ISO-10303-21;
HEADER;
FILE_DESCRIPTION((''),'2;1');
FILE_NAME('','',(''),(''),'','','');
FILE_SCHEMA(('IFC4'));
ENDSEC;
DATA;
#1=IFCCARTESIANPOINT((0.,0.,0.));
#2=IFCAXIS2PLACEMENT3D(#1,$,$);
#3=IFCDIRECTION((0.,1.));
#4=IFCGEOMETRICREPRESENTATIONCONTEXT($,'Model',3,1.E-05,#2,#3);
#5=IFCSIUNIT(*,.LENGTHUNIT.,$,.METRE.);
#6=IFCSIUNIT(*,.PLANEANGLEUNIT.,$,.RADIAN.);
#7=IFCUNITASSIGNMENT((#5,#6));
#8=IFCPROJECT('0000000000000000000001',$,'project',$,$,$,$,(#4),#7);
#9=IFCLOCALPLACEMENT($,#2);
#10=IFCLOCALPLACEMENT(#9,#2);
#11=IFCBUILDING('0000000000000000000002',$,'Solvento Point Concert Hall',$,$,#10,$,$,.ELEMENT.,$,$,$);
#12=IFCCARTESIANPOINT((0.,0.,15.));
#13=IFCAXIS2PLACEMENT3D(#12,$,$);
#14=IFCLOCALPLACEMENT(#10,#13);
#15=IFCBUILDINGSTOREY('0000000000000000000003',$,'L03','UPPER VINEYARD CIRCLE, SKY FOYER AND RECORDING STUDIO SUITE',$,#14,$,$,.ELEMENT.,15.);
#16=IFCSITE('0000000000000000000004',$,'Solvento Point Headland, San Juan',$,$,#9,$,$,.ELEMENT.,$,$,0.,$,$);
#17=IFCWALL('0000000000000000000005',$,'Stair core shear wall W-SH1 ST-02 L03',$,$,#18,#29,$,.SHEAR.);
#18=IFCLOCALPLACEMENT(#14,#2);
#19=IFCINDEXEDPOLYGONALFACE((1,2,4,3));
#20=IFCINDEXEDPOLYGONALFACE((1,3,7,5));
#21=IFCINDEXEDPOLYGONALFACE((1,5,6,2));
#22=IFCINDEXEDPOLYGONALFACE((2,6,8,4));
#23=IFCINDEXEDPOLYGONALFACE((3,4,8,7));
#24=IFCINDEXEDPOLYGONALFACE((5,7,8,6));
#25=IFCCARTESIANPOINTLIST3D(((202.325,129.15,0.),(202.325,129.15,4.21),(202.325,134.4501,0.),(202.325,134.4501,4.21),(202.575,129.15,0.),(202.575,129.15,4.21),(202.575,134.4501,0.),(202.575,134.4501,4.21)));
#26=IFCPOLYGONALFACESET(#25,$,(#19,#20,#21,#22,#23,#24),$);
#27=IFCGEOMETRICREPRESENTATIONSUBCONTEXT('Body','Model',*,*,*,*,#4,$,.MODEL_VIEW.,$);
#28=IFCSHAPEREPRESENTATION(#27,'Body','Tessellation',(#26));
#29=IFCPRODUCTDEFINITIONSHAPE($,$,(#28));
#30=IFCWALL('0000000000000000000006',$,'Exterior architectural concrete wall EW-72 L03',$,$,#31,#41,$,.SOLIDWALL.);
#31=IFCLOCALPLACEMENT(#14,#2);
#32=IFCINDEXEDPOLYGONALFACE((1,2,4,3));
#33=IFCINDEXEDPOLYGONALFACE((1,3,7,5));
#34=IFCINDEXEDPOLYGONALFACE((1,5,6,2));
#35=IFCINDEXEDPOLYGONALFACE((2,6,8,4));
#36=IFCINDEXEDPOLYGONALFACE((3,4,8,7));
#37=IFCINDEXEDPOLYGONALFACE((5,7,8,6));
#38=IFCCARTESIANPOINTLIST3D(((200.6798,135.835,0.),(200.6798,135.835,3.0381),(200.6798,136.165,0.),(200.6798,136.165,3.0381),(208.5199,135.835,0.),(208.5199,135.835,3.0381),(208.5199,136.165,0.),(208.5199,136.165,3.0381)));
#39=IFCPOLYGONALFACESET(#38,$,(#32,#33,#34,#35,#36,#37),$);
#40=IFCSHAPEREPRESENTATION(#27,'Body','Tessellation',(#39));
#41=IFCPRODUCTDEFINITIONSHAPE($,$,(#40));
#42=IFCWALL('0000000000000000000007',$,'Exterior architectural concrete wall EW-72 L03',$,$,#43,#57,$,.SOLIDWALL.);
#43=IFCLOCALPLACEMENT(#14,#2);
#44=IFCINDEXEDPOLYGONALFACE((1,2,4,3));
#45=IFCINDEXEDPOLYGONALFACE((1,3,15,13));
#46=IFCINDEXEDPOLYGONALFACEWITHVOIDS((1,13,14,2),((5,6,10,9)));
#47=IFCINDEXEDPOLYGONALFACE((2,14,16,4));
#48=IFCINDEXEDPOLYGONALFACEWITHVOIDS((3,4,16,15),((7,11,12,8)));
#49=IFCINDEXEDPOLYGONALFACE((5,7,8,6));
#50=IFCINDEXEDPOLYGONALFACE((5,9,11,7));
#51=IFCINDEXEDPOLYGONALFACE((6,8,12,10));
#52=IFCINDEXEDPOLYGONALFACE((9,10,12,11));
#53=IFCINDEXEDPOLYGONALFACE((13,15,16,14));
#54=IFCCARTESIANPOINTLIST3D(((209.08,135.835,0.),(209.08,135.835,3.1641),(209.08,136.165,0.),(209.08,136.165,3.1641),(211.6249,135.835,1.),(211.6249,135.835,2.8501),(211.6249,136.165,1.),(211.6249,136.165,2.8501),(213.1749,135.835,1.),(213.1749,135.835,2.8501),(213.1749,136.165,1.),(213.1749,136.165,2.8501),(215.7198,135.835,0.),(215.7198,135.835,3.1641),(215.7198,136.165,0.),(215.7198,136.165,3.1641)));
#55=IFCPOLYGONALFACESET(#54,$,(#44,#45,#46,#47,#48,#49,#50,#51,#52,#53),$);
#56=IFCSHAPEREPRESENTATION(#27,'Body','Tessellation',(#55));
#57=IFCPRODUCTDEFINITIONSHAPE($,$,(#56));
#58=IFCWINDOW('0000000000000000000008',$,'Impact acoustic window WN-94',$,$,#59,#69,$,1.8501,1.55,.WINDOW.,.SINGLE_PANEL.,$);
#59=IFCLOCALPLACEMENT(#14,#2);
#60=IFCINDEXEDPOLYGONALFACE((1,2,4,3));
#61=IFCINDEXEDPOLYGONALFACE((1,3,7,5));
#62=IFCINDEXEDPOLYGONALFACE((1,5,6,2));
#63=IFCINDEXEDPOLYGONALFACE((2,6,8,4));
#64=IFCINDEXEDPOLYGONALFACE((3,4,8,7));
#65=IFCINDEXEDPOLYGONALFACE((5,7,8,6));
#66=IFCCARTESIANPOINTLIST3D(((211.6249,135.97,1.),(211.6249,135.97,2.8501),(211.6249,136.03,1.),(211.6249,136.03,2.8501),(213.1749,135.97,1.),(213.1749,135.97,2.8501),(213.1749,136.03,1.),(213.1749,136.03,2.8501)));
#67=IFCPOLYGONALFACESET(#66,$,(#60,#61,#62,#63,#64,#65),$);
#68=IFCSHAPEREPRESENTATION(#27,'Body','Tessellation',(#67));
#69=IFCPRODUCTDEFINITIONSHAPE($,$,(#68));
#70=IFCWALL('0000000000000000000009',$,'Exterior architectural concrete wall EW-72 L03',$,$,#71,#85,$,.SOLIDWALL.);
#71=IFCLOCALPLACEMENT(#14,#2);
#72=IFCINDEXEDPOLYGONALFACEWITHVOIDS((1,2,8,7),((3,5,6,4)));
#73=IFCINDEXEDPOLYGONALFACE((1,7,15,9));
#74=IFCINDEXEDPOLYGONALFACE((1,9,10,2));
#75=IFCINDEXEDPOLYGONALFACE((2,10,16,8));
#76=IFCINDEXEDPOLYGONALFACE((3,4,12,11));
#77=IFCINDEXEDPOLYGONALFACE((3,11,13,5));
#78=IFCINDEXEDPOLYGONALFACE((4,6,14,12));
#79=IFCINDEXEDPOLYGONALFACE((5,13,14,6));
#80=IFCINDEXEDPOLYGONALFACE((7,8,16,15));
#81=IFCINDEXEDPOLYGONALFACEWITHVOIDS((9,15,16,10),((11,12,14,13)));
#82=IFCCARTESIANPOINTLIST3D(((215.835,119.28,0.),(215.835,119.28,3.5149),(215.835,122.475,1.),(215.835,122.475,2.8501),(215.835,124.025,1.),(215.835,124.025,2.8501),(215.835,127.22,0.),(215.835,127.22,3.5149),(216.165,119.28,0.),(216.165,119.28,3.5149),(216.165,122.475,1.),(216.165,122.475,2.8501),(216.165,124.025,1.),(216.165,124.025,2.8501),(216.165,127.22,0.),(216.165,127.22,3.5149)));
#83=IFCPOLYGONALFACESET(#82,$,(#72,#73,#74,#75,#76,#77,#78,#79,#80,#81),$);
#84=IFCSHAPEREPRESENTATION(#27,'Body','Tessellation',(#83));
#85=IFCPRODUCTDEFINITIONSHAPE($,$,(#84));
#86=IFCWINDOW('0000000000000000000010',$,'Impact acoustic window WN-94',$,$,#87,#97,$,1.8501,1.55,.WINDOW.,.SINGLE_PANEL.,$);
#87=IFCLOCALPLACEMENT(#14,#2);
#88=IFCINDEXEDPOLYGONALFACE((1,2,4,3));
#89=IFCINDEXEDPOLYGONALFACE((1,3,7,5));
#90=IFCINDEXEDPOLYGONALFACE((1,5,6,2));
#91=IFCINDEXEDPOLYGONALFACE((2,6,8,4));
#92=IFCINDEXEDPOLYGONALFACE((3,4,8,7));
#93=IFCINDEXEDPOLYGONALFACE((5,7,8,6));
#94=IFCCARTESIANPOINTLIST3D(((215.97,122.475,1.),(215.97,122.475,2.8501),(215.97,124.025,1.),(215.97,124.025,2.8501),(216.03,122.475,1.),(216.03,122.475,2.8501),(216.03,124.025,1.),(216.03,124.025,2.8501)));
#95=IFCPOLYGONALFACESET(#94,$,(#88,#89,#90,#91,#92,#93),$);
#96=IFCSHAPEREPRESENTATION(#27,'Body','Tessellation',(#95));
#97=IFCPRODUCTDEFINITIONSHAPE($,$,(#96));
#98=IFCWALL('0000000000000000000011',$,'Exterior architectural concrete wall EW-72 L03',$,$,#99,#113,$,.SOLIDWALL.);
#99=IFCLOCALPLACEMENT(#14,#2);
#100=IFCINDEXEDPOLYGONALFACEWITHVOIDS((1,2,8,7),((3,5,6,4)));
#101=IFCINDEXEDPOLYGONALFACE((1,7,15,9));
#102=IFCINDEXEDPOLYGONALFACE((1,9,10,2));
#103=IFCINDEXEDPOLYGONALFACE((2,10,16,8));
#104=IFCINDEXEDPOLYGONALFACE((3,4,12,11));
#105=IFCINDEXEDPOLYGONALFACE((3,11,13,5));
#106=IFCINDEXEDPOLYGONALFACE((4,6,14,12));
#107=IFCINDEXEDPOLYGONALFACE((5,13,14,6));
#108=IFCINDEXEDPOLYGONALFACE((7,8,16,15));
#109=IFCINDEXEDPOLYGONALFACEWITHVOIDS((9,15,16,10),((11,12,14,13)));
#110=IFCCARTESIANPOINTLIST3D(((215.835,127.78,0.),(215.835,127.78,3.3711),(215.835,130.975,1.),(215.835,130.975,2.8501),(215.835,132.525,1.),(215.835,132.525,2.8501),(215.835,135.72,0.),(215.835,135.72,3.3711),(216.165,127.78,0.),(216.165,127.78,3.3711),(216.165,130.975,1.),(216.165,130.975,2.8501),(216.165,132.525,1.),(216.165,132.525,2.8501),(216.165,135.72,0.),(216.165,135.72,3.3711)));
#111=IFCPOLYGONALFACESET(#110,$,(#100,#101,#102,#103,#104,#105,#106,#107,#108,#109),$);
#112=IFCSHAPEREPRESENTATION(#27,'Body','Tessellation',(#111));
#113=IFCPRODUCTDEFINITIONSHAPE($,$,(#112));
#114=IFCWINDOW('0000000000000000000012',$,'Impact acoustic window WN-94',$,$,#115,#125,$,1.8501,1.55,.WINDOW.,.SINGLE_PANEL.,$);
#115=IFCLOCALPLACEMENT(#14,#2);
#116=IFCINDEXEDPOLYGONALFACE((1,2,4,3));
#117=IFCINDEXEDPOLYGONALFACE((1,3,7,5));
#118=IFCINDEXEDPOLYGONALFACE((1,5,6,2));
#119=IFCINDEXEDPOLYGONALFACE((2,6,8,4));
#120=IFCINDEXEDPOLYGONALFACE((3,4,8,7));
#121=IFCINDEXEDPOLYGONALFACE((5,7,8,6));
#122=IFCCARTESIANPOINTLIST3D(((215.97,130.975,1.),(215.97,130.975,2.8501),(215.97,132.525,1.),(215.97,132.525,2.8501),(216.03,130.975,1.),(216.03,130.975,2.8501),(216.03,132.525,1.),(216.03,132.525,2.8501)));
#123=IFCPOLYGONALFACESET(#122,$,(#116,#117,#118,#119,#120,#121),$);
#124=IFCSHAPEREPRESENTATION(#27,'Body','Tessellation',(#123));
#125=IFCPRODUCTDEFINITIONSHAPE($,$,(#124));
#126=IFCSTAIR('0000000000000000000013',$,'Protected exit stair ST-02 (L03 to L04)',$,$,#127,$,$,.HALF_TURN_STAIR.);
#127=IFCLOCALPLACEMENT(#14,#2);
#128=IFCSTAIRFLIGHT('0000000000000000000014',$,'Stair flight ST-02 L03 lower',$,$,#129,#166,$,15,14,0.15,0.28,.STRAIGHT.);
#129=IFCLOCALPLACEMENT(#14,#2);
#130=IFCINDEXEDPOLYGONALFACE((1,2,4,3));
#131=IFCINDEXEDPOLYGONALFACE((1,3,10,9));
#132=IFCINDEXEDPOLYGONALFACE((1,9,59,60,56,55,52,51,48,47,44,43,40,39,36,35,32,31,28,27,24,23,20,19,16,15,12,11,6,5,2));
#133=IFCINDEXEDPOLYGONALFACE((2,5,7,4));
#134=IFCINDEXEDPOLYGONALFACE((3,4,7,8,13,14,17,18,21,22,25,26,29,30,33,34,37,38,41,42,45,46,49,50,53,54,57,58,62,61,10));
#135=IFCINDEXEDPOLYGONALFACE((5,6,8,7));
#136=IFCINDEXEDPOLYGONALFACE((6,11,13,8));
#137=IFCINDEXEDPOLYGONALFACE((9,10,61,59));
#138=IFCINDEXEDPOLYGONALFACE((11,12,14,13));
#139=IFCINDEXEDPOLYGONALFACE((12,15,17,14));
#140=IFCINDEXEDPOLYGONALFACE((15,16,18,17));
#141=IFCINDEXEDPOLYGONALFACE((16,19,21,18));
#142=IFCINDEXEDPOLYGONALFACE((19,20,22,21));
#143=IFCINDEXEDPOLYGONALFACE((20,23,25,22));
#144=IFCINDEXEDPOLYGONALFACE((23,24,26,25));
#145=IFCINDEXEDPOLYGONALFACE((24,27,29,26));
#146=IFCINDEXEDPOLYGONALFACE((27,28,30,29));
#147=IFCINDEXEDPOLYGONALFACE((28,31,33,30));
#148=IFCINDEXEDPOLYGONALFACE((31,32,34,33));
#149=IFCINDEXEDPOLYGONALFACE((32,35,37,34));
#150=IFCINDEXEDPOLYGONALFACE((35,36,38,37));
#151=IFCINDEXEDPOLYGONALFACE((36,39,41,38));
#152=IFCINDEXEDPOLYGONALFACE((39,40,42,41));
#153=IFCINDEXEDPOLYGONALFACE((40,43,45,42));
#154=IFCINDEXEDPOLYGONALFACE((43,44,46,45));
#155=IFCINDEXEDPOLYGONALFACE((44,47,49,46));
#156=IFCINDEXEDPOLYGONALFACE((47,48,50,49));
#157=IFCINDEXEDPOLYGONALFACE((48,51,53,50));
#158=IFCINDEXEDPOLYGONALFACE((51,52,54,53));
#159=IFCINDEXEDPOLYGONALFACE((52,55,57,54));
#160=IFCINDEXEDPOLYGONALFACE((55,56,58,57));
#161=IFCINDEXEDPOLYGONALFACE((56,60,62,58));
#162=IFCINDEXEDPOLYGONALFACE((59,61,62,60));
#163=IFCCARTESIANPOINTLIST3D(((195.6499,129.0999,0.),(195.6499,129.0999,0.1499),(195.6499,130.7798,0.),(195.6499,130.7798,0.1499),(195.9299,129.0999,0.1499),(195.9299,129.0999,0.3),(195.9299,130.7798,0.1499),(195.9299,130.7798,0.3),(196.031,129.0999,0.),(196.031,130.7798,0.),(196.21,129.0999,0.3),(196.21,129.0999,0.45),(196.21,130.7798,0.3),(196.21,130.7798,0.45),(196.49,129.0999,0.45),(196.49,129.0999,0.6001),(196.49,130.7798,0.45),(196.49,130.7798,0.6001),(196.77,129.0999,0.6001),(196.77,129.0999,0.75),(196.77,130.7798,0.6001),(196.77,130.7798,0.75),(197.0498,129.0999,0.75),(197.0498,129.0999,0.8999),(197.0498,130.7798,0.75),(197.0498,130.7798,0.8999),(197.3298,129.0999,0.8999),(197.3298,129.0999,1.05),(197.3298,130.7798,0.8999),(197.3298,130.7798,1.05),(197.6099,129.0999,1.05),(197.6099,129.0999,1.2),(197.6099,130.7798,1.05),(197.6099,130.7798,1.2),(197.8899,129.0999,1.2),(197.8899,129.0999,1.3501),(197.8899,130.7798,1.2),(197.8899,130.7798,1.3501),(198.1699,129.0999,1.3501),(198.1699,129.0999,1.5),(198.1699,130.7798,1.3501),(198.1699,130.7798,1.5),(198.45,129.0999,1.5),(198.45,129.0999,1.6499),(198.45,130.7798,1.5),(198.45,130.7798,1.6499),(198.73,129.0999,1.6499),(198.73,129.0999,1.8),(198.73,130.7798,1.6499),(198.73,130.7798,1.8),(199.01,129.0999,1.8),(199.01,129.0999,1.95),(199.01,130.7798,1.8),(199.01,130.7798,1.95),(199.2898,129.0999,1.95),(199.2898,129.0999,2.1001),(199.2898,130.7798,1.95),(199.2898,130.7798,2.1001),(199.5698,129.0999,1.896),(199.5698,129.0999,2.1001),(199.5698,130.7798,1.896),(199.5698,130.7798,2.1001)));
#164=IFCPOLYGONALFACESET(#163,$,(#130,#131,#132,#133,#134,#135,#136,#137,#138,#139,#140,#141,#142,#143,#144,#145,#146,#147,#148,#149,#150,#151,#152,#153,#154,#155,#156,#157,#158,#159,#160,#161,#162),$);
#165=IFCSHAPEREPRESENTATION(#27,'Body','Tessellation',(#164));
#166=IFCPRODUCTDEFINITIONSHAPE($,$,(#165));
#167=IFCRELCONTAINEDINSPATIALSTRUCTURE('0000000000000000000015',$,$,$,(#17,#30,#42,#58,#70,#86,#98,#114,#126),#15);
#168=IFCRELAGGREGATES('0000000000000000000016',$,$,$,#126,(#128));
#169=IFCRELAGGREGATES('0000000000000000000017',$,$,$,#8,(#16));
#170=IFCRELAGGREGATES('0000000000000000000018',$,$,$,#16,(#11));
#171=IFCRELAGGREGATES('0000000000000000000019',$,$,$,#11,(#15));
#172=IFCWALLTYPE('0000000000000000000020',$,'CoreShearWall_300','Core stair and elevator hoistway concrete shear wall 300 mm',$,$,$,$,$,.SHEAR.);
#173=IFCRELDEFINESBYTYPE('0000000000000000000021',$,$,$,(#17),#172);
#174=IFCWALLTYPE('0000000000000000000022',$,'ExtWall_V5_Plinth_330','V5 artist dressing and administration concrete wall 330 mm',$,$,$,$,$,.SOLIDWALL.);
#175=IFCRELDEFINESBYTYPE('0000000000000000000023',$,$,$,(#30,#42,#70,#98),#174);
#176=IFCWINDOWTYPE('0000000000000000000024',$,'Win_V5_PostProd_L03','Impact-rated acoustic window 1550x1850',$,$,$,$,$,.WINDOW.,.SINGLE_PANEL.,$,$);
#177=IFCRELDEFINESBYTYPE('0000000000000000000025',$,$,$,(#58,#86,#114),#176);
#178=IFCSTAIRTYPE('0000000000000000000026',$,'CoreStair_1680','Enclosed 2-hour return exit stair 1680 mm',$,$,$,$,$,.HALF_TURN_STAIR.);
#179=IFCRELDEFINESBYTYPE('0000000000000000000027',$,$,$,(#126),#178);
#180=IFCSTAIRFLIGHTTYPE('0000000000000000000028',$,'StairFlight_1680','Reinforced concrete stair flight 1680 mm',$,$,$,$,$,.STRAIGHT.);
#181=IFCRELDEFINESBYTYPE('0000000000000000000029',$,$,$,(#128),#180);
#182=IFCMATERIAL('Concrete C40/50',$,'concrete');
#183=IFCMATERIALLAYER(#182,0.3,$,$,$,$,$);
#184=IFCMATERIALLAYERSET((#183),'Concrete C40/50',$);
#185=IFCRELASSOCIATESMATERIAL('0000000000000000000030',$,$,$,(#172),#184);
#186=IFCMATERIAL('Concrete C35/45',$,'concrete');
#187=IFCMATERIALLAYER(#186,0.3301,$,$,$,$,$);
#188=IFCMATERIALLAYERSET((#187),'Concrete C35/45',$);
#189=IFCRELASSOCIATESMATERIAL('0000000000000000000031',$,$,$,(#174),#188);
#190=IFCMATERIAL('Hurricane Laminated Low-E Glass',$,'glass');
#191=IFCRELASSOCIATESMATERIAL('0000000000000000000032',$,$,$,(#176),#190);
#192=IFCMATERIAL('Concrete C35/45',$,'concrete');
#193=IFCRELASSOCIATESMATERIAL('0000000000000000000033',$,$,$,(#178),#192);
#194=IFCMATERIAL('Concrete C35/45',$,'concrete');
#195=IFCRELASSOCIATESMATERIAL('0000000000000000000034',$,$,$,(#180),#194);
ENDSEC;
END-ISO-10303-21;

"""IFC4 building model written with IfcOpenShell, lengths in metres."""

from ifc_helpers import new_model, si_unit, direction, frame, frame_2d, origin, place, context, subcontext, project, spatial, polyline, rectangle, outline, extrude, material, layer, layer_set, type_object, element, fill, aggregate, save


model = new_model("IFC4")

# Units and contexts
model_context = context("Model", 3, precision=1e-05, world=origin(), true_north=direction((0.0, 1.0)))
body_context = subcontext(model_context, "Body", "Model", "MODEL_VIEW")
ifc_project = project(units=[si_unit("LENGTHUNIT", "METRE"), si_unit("PLANEANGLEUNIT", "RADIAN")], contexts=[model_context])

# Site, building, storey
site_placement = place(None, origin())
site = spatial("IfcSite", under=ifc_project, at=site_placement, Name="Solvento Point Headland, San Juan", CompositionType="ELEMENT", RefElevation=0.0)
building_placement = place(site_placement, origin())
building = spatial("IfcBuilding", under=site, at=building_placement, Name="Solvento Point Concert Hall", CompositionType="ELEMENT")
storey_placement = place(building_placement, frame((0.0, 0.0, 15.0)))
storey = spatial("IfcBuildingStorey", under=building, at=storey_placement, Name="L03", Description="UPPER VINEYARD CIRCLE, SKY FOYER AND RECORDING STUDIO SUITE", CompositionType="ELEMENT", Elevation=15.0)

# Walls
ifc_material_1 = material(Name="Concrete C40/50", Category="concrete")
ifc_layer_1 = layer(ifc_material_1, 0.3)
ifc_layer_set_1 = layer_set([ifc_layer_1], Name="Concrete C40/50")
wall_type_1 = type_object("IfcWallType", Name="CoreShearWall_300", Description="Core stair and elevator hoistway concrete shear wall 300 mm", PredefinedType="SHEAR", material=ifc_layer_set_1)
wall_1_placement = place(storey_placement, frame((202.45, 134.45, 0.0), z_axis=(0.0, 0.0, 1.0), x_axis=(0.0, -1.0, 0.0)))
element("IfcWall", 1, at=wall_1_placement, inside=storey, type_object=wall_type_1, Name="Stair core shear wall W-SH1 ST-02 L03", PredefinedType="SHEAR", context=body_context, shape_type="SweptSolid", body=[
    extrude(rectangle(XDim=5.3, YDim=0.25, at=frame_2d((2.6499, 0.0))), origin(), (0.0, 0.0, 1.0), 4.21),
])
ifc_material_2 = material(Name="Concrete C35/45", Category="concrete")
ifc_layer_2 = layer(ifc_material_2, 0.3301)
ifc_layer_set_2 = layer_set([ifc_layer_2], Name="Concrete C35/45")
wall_type_2 = type_object("IfcWallType", Name="ExtWall_V5_Plinth_330", Description="V5 artist dressing and administration concrete wall 330 mm", PredefinedType="SOLIDWALL", material=ifc_layer_set_2)
wall_2_placement = place(storey_placement, frame((200.6799, 136.0, 0.0), z_axis=(0.0, 0.0, 1.0), x_axis=(1.0, 0.0, 0.0)))
element("IfcWall", 2, at=wall_2_placement, inside=storey, type_object=wall_type_2, Name="Exterior architectural concrete wall EW-72 L03", PredefinedType="SOLIDWALL", context=body_context, shape_type="SweptSolid", body=[
    extrude(rectangle(XDim=7.8401, YDim=0.3301, at=frame_2d((3.9199, 0.0))), origin(), (0.0, 0.0, 1.0), 3.0381),
])

# Walls, openings, windows
wall_3_placement = place(storey_placement, frame((209.0801, 136.0, 0.0), z_axis=(0.0, 0.0, 1.0), x_axis=(1.0, 0.0, 0.0)))
wall_3 = element("IfcWall", 3, at=wall_3_placement, inside=storey, type_object=wall_type_2, Name="Exterior architectural concrete wall EW-72 L03", PredefinedType="SOLIDWALL", context=body_context, shape_type="SweptSolid", body=[
    extrude(rectangle(XDim=6.6399, YDim=0.3301, at=frame_2d((3.3198, 0.0))), origin(), (0.0, 0.0, 1.0), 3.1641),
])
opening_1_placement = place(wall_3_placement, frame((2.5449, 0.0, 1.0)))
opening_1 = element("IfcOpeningElement", 4, at=opening_1_placement, cuts=wall_3, PredefinedType="OPENING", context=body_context, shape_type="SweptSolid", body=[
    extrude(rectangle(XDim=1.55, YDim=1.8501, at=frame_2d((0.7749, 0.925))), frame((0.0, 0.175, 0.0), z_axis=(0.0, -1.0, 0.0), x_axis=(1.0, 0.0, 0.0)), (0.0, 0.0, 1.0), 0.3501),
])
ifc_material_3 = material(Name="Hurricane Laminated Low-E Glass", Category="glass")
window_type = type_object("IfcWindowType", Name="Win_V5_PostProd_L03", Description="Impact-rated acoustic window 1550x1850", PartitioningType="SINGLE_PANEL", PredefinedType="WINDOW", material=ifc_material_3)
window_1_placement = place(opening_1_placement, origin())
window_1 = element("IfcWindow", 5, at=window_1_placement, inside=storey, type_object=window_type, Name="Impact acoustic window WN-94", OverallHeight=1.8501, OverallWidth=1.55, PartitioningType="SINGLE_PANEL", PredefinedType="WINDOW", context=body_context, shape_type="SweptSolid", body=[
    extrude(rectangle(XDim=1.55, YDim=1.8501, at=frame_2d((0.7749, 0.925))), frame((0.0, 0.03, 0.0), z_axis=(0.0, -1.0, 0.0), x_axis=(1.0, 0.0, 0.0)), (0.0, 0.0, 1.0), 0.0601),
])
fill(opening_1, window_1)
wall_4_placement = place(storey_placement, frame((216.0, 127.22, 0.0), z_axis=(0.0, 0.0, 1.0), x_axis=(0.0, -1.0, 0.0)))
wall_4 = element("IfcWall", 6, at=wall_4_placement, inside=storey, type_object=wall_type_2, Name="Exterior architectural concrete wall EW-72 L03", PredefinedType="SOLIDWALL", context=body_context, shape_type="SweptSolid", body=[
    extrude(rectangle(XDim=7.9399, YDim=0.3301, at=frame_2d((3.97, 0.0))), origin(), (0.0, 0.0, 1.0), 3.5149),
])
opening_2_placement = place(wall_4_placement, frame((3.1951, 0.0, 1.0)))
opening_2 = element("IfcOpeningElement", 7, at=opening_2_placement, cuts=wall_4, PredefinedType="OPENING", context=body_context, shape_type="SweptSolid", body=[
    extrude(rectangle(XDim=1.55, YDim=1.8501, at=frame_2d((0.7749, 0.925))), frame((0.0, 0.175, 0.0), z_axis=(0.0, -1.0, 0.0), x_axis=(1.0, 0.0, 0.0)), (0.0, 0.0, 1.0), 0.3501),
])
window_2_placement = place(opening_2_placement, origin())
window_2 = element("IfcWindow", 8, at=window_2_placement, inside=storey, type_object=window_type, Name="Impact acoustic window WN-94", OverallHeight=1.8501, OverallWidth=1.55, PartitioningType="SINGLE_PANEL", PredefinedType="WINDOW", context=body_context, shape_type="SweptSolid", body=[
    extrude(rectangle(XDim=1.55, YDim=1.8501, at=frame_2d((0.7749, 0.925))), frame((0.0, 0.03, 0.0), z_axis=(0.0, -1.0, 0.0), x_axis=(1.0, 0.0, 0.0)), (0.0, 0.0, 1.0), 0.0601),
])
fill(opening_2, window_2)
wall_5_placement = place(storey_placement, frame((216.0, 135.72, 0.0), z_axis=(0.0, 0.0, 1.0), x_axis=(0.0, -1.0, 0.0)))
wall_5 = element("IfcWall", 9, at=wall_5_placement, inside=storey, type_object=wall_type_2, Name="Exterior architectural concrete wall EW-72 L03", PredefinedType="SOLIDWALL", context=body_context, shape_type="SweptSolid", body=[
    extrude(rectangle(XDim=7.9399, YDim=0.3301, at=frame_2d((3.97, 0.0))), origin(), (0.0, 0.0, 1.0), 3.3711),
])
opening_3_placement = place(wall_5_placement, frame((3.1951, 0.0, 1.0)))
opening_3 = element("IfcOpeningElement", 10, at=opening_3_placement, cuts=wall_5, PredefinedType="OPENING", context=body_context, shape_type="SweptSolid", body=[
    extrude(rectangle(XDim=1.55, YDim=1.8501, at=frame_2d((0.7749, 0.925))), frame((0.0, 0.175, 0.0), z_axis=(0.0, -1.0, 0.0), x_axis=(1.0, 0.0, 0.0)), (0.0, 0.0, 1.0), 0.3501),
])
window_3_placement = place(opening_3_placement, origin())
window_3 = element("IfcWindow", 11, at=window_3_placement, inside=storey, type_object=window_type, Name="Impact acoustic window WN-94", OverallHeight=1.8501, OverallWidth=1.55, PartitioningType="SINGLE_PANEL", PredefinedType="WINDOW", context=body_context, shape_type="SweptSolid", body=[
    extrude(rectangle(XDim=1.55, YDim=1.8501, at=frame_2d((0.7749, 0.925))), frame((0.0, 0.03, 0.0), z_axis=(0.0, -1.0, 0.0), x_axis=(1.0, 0.0, 0.0)), (0.0, 0.0, 1.0), 0.0601),
])
fill(opening_3, window_3)

# Stair, stair flight
ifc_material_4 = material(Name="Concrete C35/45", Category="concrete")
stair_type = type_object("IfcStairType", Name="CoreStair_1680", Description="Enclosed 2-hour return exit stair 1680 mm", PredefinedType="HALF_TURN_STAIR", material=ifc_material_4)
stair_placement = place(storey_placement, origin())
stair = element("IfcStair", 12, at=stair_placement, inside=storey, type_object=stair_type, Name="Protected exit stair ST-02 (L03 to L04)", PredefinedType="HALF_TURN_STAIR")
ifc_material_5 = material(Name="Concrete C35/45", Category="concrete")
stair_flight_type = type_object("IfcStairFlightType", Name="StairFlight_1680", Description="Reinforced concrete stair flight 1680 mm", PredefinedType="STRAIGHT", material=ifc_material_5)
stair_flight_1_placement = place(storey_placement, frame((195.6499, 129.9399, 0.0), z_axis=(0.0, 0.0, 1.0), x_axis=(1.0, 0.0, 0.0)))
stair_flight_1 = element("IfcStairFlight", 13, at=stair_flight_1_placement, type_object=stair_flight_type, Name="Stair flight ST-02 L03 lower", NumberOfRisers=15, NumberOfTreads=14, PredefinedType="STRAIGHT", RiserHeight=0.15, TreadLength=0.28, context=body_context, shape_type="SweptSolid", body=[
    extrude(outline(polyline([(0.0, 0.0), (0.0, 0.1499), (0.28, 0.1499), (0.28, 0.3), (0.5601, 0.3), (0.5601, 0.45), (0.8401, 0.45), (0.8401, 0.6001), (1.1201, 0.6001), (1.1201, 0.75), (1.3999, 0.75), (1.3999, 0.8999), (1.6799, 0.8999), (1.6799, 1.05), (1.96, 1.05), (1.96, 1.2), (2.24, 1.2), (2.24, 1.3501), (2.52, 1.3501), (2.52, 1.5), (2.8, 1.5), (2.8, 1.6499), (3.0801, 1.6499), (3.0801, 1.8), (3.3601, 1.8), (3.3601, 1.95), (3.6399, 1.95), (3.6399, 2.1001), (3.9199, 2.1001), (3.9199, 2.25), (3.9199, 1.896), (0.3811, 0.0), (0.0, 0.0)])), frame((0.0, 0.8398, 0.0), z_axis=(0.0, -1.0, 0.0), x_axis=(1.0, 0.0, 0.0)), (0.0, 0.0, 1.0), 1.6799),
])
aggregate(stair, [stair_flight_1])

save(model, "model.ifc")
